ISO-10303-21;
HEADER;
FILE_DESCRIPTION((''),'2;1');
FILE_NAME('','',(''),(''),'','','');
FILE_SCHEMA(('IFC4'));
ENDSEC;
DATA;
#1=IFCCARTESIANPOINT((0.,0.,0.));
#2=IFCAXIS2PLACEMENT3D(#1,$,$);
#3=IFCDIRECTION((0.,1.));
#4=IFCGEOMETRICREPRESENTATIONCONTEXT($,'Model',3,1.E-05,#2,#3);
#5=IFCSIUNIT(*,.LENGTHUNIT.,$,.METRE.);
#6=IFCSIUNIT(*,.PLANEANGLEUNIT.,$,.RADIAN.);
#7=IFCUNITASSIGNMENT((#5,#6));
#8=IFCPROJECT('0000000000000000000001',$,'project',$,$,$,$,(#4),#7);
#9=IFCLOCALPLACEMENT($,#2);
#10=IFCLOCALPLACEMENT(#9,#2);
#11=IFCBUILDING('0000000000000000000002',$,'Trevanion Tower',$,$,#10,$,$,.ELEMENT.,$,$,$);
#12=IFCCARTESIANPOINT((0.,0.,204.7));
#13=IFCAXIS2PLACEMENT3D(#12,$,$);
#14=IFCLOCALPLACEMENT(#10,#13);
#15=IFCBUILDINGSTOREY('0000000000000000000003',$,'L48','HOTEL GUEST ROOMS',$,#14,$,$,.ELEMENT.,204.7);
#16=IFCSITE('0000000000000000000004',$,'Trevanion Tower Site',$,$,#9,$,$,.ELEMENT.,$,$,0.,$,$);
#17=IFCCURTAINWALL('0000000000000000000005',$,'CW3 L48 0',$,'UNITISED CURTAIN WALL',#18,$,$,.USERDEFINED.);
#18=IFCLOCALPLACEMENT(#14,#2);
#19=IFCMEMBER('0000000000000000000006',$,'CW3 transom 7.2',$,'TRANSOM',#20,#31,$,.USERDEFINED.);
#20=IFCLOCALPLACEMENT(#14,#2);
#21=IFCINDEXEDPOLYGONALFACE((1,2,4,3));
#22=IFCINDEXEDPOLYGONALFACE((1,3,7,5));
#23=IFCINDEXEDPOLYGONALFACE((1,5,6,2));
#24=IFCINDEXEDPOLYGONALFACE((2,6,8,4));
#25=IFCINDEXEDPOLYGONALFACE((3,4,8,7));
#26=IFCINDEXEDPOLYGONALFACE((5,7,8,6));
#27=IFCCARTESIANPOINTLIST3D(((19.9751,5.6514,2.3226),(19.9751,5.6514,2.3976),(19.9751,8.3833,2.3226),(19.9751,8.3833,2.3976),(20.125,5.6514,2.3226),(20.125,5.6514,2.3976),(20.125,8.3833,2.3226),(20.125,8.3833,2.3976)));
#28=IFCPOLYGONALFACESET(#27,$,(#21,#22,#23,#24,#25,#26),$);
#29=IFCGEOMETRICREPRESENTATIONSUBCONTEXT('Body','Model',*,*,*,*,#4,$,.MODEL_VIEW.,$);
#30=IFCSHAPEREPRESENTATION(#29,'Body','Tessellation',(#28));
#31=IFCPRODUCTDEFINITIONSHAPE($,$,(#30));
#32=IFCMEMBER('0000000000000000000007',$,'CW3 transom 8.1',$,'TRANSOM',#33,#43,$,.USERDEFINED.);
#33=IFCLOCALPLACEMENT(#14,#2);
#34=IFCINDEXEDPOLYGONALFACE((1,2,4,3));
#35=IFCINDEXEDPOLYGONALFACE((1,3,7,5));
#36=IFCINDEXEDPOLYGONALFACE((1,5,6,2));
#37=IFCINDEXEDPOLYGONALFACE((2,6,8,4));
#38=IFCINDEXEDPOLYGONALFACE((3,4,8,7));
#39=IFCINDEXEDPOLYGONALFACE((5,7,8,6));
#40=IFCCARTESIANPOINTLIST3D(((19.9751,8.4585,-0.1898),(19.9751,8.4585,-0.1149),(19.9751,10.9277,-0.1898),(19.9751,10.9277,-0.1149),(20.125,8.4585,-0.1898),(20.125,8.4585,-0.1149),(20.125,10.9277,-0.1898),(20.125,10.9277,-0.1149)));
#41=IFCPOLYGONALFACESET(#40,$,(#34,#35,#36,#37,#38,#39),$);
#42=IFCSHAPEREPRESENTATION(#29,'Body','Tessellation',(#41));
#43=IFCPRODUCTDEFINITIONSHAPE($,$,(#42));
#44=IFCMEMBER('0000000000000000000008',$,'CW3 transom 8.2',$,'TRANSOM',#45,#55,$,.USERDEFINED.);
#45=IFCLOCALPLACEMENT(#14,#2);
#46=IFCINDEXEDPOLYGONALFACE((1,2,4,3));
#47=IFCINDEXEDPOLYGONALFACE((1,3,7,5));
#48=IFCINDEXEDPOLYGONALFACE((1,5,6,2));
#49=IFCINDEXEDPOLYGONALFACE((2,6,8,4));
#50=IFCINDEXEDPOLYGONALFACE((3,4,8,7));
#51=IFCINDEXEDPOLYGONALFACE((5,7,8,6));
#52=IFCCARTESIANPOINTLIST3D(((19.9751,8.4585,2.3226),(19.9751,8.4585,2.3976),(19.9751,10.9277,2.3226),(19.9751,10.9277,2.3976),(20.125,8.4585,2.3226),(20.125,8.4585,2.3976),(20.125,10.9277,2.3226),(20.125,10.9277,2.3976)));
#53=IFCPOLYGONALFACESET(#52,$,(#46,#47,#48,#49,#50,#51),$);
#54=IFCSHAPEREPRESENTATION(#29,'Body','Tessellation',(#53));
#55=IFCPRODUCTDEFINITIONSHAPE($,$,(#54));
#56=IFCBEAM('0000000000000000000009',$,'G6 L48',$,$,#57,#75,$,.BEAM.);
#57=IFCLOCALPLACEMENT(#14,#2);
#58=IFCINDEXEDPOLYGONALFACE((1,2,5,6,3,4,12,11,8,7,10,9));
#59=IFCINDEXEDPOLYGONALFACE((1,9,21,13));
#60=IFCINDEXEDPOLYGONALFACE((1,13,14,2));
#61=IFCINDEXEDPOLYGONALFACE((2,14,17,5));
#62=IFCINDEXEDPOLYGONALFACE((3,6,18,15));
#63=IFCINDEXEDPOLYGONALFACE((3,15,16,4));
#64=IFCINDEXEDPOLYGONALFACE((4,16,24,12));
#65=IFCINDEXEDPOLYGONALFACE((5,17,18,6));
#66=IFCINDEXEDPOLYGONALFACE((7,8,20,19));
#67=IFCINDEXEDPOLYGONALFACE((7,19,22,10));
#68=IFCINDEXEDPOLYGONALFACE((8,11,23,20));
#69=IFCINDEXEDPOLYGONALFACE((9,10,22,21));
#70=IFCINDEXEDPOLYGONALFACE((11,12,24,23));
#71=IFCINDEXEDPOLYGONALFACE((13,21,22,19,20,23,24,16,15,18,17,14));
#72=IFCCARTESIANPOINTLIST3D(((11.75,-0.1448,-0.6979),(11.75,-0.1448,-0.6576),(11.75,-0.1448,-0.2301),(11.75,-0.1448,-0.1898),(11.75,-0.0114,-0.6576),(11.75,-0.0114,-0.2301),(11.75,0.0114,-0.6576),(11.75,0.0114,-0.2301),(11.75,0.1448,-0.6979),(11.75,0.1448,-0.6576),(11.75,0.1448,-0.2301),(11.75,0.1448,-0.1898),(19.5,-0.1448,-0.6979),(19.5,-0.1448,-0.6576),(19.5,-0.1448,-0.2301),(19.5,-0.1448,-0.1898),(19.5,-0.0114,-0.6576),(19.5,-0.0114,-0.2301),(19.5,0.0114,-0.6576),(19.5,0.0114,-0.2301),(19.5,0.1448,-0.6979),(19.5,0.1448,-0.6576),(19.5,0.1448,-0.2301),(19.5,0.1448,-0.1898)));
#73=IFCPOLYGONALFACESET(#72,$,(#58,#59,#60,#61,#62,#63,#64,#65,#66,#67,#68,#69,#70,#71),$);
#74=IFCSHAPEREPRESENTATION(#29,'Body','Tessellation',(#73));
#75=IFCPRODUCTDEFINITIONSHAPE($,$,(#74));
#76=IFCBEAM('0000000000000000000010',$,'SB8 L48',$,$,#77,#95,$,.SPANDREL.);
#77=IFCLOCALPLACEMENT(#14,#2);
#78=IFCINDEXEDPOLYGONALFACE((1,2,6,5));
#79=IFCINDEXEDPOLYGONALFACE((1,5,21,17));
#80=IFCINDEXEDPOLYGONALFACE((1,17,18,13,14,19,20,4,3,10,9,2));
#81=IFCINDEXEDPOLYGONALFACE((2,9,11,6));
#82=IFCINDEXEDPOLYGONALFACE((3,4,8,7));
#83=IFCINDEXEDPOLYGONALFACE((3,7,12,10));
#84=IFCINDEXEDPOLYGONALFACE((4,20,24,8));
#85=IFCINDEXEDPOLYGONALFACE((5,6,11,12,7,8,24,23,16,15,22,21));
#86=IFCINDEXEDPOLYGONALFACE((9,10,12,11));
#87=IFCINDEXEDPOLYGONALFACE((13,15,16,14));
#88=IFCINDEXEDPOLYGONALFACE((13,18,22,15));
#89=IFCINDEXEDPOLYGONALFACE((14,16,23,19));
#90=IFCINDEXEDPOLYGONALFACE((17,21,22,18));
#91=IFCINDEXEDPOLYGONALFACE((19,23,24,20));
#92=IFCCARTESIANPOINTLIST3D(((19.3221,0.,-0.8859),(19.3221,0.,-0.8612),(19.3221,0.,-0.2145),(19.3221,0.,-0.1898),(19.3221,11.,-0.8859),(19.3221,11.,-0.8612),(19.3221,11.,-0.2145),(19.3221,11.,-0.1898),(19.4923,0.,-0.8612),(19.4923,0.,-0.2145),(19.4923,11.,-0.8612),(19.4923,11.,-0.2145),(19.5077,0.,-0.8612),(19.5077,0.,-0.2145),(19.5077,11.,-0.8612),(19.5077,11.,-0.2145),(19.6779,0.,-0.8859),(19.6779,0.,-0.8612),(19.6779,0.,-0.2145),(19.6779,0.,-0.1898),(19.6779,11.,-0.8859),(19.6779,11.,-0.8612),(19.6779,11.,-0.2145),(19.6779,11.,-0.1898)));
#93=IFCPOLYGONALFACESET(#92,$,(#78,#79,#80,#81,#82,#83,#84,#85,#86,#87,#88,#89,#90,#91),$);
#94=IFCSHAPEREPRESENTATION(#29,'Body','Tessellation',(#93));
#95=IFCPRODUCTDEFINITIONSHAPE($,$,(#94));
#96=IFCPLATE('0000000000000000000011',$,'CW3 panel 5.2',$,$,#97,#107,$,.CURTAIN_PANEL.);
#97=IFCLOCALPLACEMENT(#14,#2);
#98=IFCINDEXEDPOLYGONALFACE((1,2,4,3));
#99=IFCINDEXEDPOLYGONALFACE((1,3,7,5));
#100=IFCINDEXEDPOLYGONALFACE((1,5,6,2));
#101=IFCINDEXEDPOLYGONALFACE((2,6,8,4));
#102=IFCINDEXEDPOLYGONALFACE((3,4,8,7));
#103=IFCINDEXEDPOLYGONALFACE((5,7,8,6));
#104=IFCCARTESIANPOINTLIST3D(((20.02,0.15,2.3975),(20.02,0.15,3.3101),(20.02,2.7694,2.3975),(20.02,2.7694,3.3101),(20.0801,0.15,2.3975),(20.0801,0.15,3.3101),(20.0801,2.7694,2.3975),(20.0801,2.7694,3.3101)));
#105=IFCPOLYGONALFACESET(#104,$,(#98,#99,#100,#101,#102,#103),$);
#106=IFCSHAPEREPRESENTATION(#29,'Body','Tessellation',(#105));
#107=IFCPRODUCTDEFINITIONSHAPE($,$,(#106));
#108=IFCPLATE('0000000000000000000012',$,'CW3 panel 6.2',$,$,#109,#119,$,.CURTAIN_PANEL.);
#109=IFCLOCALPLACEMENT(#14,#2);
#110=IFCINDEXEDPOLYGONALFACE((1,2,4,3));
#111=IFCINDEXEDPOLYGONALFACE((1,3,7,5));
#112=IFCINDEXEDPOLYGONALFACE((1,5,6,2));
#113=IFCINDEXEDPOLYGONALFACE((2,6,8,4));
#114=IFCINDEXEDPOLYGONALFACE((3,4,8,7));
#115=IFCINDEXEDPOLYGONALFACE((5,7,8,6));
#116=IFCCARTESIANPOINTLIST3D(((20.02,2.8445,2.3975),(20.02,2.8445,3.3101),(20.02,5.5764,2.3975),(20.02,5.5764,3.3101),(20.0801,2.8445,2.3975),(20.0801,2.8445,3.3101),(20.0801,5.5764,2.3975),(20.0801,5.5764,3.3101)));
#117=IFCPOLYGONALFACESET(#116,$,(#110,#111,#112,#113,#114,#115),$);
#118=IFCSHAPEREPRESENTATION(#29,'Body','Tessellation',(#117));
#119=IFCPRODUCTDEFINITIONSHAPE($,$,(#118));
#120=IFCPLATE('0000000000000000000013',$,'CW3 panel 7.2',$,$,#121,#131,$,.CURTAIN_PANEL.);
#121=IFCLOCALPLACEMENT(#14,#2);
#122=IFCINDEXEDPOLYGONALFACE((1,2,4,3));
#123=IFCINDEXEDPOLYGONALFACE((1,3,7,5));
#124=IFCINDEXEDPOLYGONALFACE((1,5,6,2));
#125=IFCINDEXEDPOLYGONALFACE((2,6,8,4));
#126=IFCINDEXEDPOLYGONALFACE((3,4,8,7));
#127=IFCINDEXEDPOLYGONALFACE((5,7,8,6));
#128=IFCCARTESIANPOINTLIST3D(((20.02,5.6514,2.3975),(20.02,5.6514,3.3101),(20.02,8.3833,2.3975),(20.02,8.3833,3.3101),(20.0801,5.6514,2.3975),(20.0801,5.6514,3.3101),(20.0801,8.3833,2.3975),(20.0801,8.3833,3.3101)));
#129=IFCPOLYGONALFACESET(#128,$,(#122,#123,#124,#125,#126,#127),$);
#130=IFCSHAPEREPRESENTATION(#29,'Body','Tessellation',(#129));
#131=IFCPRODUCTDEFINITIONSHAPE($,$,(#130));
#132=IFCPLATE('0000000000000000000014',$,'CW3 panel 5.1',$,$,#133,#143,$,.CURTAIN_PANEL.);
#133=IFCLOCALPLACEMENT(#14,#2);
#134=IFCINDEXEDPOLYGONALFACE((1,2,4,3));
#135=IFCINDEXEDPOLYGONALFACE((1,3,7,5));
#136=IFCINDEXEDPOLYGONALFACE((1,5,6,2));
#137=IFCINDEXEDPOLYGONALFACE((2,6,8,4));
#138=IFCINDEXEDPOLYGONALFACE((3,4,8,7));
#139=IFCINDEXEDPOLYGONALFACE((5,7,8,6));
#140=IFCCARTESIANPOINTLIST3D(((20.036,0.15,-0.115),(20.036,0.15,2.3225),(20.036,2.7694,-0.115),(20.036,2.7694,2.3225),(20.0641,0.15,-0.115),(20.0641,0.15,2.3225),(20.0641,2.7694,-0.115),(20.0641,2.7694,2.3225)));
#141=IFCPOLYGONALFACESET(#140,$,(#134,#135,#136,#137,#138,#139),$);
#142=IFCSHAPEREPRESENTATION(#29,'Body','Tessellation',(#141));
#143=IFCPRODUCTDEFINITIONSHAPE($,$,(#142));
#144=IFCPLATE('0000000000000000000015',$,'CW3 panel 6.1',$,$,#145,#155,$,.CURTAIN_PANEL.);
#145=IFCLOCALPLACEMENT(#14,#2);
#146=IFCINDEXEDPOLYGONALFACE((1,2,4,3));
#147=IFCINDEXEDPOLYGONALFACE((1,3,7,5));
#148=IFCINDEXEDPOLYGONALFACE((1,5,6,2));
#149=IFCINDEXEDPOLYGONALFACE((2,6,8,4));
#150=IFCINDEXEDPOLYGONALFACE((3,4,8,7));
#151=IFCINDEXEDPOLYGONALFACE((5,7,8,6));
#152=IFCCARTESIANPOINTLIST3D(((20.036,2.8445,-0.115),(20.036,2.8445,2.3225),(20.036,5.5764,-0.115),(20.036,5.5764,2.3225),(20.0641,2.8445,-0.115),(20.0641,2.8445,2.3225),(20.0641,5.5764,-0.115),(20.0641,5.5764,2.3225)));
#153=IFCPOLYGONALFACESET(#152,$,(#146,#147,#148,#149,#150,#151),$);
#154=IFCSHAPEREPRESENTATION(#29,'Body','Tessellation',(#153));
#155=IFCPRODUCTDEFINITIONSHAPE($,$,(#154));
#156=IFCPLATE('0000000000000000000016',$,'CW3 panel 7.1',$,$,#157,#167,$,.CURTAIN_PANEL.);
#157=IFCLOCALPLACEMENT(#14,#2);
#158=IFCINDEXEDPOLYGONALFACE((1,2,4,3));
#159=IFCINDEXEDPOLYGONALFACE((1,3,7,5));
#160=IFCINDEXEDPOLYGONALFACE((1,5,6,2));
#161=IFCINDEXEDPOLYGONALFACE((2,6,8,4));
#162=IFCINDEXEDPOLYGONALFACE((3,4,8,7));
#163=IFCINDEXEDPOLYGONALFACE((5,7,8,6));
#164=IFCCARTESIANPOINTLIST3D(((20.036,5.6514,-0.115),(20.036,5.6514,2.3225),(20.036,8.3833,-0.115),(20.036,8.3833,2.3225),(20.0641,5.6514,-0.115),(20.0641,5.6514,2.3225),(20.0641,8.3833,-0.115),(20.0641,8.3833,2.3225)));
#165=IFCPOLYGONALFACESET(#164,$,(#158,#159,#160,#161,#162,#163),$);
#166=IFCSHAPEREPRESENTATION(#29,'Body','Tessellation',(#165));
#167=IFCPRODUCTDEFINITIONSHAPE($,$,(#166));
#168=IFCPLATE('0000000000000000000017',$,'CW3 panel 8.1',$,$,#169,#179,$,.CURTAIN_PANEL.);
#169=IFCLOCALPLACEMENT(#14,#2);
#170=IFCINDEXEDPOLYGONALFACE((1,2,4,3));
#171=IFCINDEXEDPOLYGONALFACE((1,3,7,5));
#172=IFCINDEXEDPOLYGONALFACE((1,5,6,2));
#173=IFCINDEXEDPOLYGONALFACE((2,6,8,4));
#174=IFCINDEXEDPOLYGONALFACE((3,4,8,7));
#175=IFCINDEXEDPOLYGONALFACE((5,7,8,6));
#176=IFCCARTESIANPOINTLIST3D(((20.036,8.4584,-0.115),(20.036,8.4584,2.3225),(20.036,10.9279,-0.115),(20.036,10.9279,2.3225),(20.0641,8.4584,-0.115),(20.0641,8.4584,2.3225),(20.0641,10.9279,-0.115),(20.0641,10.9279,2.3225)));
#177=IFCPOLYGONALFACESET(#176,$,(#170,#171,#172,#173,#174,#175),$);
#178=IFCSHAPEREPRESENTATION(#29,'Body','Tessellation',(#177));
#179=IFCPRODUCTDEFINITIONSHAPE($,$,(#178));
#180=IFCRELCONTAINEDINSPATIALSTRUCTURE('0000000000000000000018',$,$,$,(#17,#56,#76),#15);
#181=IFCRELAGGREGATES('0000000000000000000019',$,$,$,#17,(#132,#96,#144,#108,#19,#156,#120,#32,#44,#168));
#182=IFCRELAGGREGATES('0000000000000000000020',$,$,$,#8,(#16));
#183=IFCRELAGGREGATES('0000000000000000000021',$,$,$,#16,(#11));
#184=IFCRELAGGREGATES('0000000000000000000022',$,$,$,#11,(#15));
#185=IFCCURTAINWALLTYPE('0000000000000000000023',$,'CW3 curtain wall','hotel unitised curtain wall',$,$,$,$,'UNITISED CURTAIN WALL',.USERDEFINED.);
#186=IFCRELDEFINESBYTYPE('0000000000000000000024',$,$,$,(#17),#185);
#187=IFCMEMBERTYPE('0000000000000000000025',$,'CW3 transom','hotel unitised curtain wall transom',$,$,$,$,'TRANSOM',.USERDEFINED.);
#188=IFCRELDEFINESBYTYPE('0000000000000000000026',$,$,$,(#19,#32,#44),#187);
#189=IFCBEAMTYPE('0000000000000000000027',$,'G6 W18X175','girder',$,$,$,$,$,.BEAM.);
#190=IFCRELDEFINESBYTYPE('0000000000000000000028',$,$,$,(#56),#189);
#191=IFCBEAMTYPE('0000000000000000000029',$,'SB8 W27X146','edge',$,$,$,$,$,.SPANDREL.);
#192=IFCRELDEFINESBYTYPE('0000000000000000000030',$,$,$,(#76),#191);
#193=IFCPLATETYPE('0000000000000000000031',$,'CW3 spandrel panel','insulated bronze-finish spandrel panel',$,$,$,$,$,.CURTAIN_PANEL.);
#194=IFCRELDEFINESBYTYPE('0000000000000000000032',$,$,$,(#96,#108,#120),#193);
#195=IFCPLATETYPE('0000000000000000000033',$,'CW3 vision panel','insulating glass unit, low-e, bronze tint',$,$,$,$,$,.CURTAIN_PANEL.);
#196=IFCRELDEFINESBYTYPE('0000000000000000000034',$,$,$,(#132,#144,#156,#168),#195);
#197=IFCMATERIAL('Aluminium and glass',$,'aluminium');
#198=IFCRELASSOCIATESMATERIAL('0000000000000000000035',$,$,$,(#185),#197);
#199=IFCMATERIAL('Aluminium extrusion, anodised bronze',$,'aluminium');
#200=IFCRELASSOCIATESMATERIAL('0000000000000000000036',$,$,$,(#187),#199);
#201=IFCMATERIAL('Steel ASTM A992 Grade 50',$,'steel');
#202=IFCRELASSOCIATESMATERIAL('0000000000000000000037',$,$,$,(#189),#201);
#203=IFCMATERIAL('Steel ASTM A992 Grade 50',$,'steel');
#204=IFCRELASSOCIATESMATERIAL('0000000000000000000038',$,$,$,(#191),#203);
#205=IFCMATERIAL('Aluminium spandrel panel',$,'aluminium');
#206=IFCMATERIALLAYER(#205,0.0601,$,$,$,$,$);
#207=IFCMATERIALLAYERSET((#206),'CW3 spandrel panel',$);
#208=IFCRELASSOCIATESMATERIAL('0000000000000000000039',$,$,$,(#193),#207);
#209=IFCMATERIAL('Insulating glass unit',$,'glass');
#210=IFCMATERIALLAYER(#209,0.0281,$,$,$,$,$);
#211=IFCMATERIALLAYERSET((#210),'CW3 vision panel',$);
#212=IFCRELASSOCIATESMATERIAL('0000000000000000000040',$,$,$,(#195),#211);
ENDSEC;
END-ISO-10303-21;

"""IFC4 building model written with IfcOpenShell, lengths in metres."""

from ifc_helpers import new_model, si_unit, direction, frame, origin, origin_2d, place, context, subcontext, project, spatial, rectangle, i_section, extrude, material, layer, layer_set, material_profile, profile_set, type_object, element, aggregate, save


model = new_model("IFC4")

# Units and contexts
model_context = context("Model", 3, precision=1e-05, world=origin(), true_north=direction((0.0, 1.0)))
body_context = subcontext(model_context, "Body", "Model", "MODEL_VIEW")
ifc_project = project(units=[si_unit("LENGTHUNIT", "METRE"), si_unit("PLANEANGLEUNIT", "RADIAN")], contexts=[model_context])

# Site, building, storey
site_placement = place(None, origin())
site = spatial("IfcSite", under=ifc_project, at=site_placement, Name="Trevanion Tower Site", CompositionType="ELEMENT", RefElevation=0.0)
building_placement = place(site_placement, origin())
building = spatial("IfcBuilding", under=site, at=building_placement, Name="Trevanion Tower", CompositionType="ELEMENT")
storey_placement = place(building_placement, frame((0.0, 0.0, 204.7)))
storey = spatial("IfcBuildingStorey", under=building, at=storey_placement, Name="L48", Description="HOTEL GUEST ROOMS", CompositionType="ELEMENT", Elevation=204.7)

# Curtain wall, members
ifc_material_1 = material(Name="Aluminium and glass", Category="aluminium")
curtain_wall_type = type_object("IfcCurtainWallType", Name="CW3 curtain wall", Description="hotel unitised curtain wall", ElementType="UNITISED CURTAIN WALL", PredefinedType="USERDEFINED", material=ifc_material_1)
curtain_wall_placement = place(storey_placement, origin())
curtain_wall = element("IfcCurtainWall", 1, at=curtain_wall_placement, inside=storey, type_object=curtain_wall_type, Name="CW3 L48 0", ObjectType="UNITISED CURTAIN WALL", PredefinedType="USERDEFINED")
ifc_material_2 = material(Name="Aluminium extrusion, anodised bronze", Category="aluminium")
ifc_material_profile_1 = material_profile(ifc_material_2, rectangle(XDim=0.1499, YDim=0.075, at=origin_2d()), Name="CW3 transom")
ifc_profile_set_1 = profile_set([ifc_material_profile_1], Name="Aluminium extrusion, anodised bronze")
member_type_1 = type_object("IfcMemberType", Name="CW3 transom", Description="hotel unitised curtain wall transom", ElementType="TRANSOM", PredefinedType="USERDEFINED", material=ifc_profile_set_1)
member_1_placement = place(storey_placement, frame((20.05, 5.6514, 2.3601), z_axis=(0.0, 1.0, 0.0), x_axis=(-1.0, 0.0, 0.0)))
member_1 = element("IfcMember", 2, at=member_1_placement, type_object=member_type_1, Name="CW3 transom 7.2", ObjectType="TRANSOM", PredefinedType="USERDEFINED", context=body_context, shape_type="SweptSolid", body=[
    extrude(rectangle(XDim=0.1499, YDim=0.075, at=origin_2d()), origin(), (0.0, 0.0, 1.0), 2.7319),
])
member_2_placement = place(storey_placement, frame((20.05, 8.4585, -0.1523), z_axis=(0.0, 1.0, 0.0), x_axis=(-1.0, 0.0, 0.0)))
member_2 = element("IfcMember", 3, at=member_2_placement, type_object=member_type_1, Name="CW3 transom 8.1", ObjectType="TRANSOM", PredefinedType="USERDEFINED", context=body_context, shape_type="SweptSolid", body=[
    extrude(rectangle(XDim=0.1499, YDim=0.075, at=origin_2d()), origin(), (0.0, 0.0, 1.0), 2.4692),
])
member_3_placement = place(storey_placement, frame((20.05, 8.4585, 2.3601), z_axis=(0.0, 1.0, 0.0), x_axis=(-1.0, 0.0, 0.0)))
member_3 = element("IfcMember", 4, at=member_3_placement, type_object=member_type_1, Name="CW3 transom 8.2", ObjectType="TRANSOM", PredefinedType="USERDEFINED", context=body_context, shape_type="SweptSolid", body=[
    extrude(rectangle(XDim=0.1499, YDim=0.075, at=origin_2d()), origin(), (0.0, 0.0, 1.0), 2.4692),
])

# Beams
ifc_material_3 = material(Name="Steel ASTM A992 Grade 50", Category="steel")
ifc_material_profile_2 = material_profile(ifc_material_3, i_section(OverallWidth=0.2896, OverallDepth=0.5081, WebThickness=0.0227, FlangeThickness=0.0403, at=origin_2d()), Name="W18X175")
ifc_profile_set_2 = profile_set([ifc_material_profile_2], Name="Steel ASTM A992 Grade 50")
beam_type_1 = type_object("IfcBeamType", Name="G6 W18X175", Description="girder", PredefinedType="BEAM", material=ifc_profile_set_2)
beam_1_placement = place(storey_placement, frame((11.75, 0.0, -0.4438), z_axis=(1.0, 0.0, 0.0), x_axis=(0.0, 1.0, 0.0)))
element("IfcBeam", 5, at=beam_1_placement, inside=storey, type_object=beam_type_1, Name="G6 L48", PredefinedType="BEAM", context=body_context, shape_type="SweptSolid", body=[
    extrude(i_section(OverallWidth=0.2896, OverallDepth=0.5081, WebThickness=0.0227, FlangeThickness=0.0403, at=origin_2d()), origin(), (0.0, 0.0, 1.0), 7.75),
])
ifc_material_4 = material(Name="Steel ASTM A992 Grade 50", Category="steel")
ifc_material_profile_3 = material_profile(ifc_material_4, i_section(OverallWidth=0.3557, OverallDepth=0.696, WebThickness=0.0154, FlangeThickness=0.0247, at=origin_2d()), Name="W27X146")
ifc_profile_set_3 = profile_set([ifc_material_profile_3], Name="Steel ASTM A992 Grade 50")
beam_type_2 = type_object("IfcBeamType", Name="SB8 W27X146", Description="edge", PredefinedType="SPANDREL", material=ifc_profile_set_3)
beam_2_placement = place(storey_placement, frame((19.5, 0.0, -0.5378), z_axis=(0.0, 1.0, 0.0), x_axis=(-1.0, 0.0, 0.0)))
element("IfcBeam", 6, at=beam_2_placement, inside=storey, type_object=beam_type_2, Name="SB8 L48", PredefinedType="SPANDREL", context=body_context, shape_type="SweptSolid", body=[
    extrude(i_section(OverallWidth=0.3557, OverallDepth=0.696, WebThickness=0.0154, FlangeThickness=0.0247, at=origin_2d()), origin(), (0.0, 0.0, 1.0), 11.0),
])

# Plates
ifc_material_5 = material(Name="Aluminium spandrel panel", Category="aluminium")
ifc_layer_1 = layer(ifc_material_5, 0.0601)
ifc_layer_set_1 = layer_set([ifc_layer_1], Name="CW3 spandrel panel")
plate_type_1 = type_object("IfcPlateType", Name="CW3 spandrel panel", Description="insulated bronze-finish spandrel panel", PredefinedType="CURTAIN_PANEL", material=ifc_layer_set_1)
plate_1_placement = place(storey_placement, frame((20.05, 1.4597, 2.3975), z_axis=(0.0, 0.0, 1.0), x_axis=(0.0, 1.0, 0.0)))
plate_1 = element("IfcPlate", 7, at=plate_1_placement, type_object=plate_type_1, Name="CW3 panel 5.2", PredefinedType="CURTAIN_PANEL", context=body_context, shape_type="SweptSolid", body=[
    extrude(rectangle(XDim=2.6194, YDim=0.0601, at=origin_2d()), origin(), (0.0, 0.0, 1.0), 0.9126),
])
plate_2_placement = place(storey_placement, frame((20.05, 4.2104, 2.3975), z_axis=(0.0, 0.0, 1.0), x_axis=(0.0, 1.0, 0.0)))
plate_2 = element("IfcPlate", 8, at=plate_2_placement, type_object=plate_type_1, Name="CW3 panel 6.2", PredefinedType="CURTAIN_PANEL", context=body_context, shape_type="SweptSolid", body=[
    extrude(rectangle(XDim=2.7319, YDim=0.0601, at=origin_2d()), origin(), (0.0, 0.0, 1.0), 0.9126),
])
plate_3_placement = place(storey_placement, frame((20.05, 7.0173, 2.3975), z_axis=(0.0, 0.0, 1.0), x_axis=(0.0, 1.0, 0.0)))
plate_3 = element("IfcPlate", 9, at=plate_3_placement, type_object=plate_type_1, Name="CW3 panel 7.2", PredefinedType="CURTAIN_PANEL", context=body_context, shape_type="SweptSolid", body=[
    extrude(rectangle(XDim=2.7319, YDim=0.0601, at=origin_2d()), origin(), (0.0, 0.0, 1.0), 0.9126),
])
ifc_material_6 = material(Name="Insulating glass unit", Category="glass")
ifc_layer_2 = layer(ifc_material_6, 0.0281)
ifc_layer_set_2 = layer_set([ifc_layer_2], Name="CW3 vision panel")
plate_type_2 = type_object("IfcPlateType", Name="CW3 vision panel", Description="insulating glass unit, low-e, bronze tint", PredefinedType="CURTAIN_PANEL", material=ifc_layer_set_2)
plate_4_placement = place(storey_placement, frame((20.05, 1.4597, -0.115), z_axis=(0.0, 0.0, 1.0), x_axis=(0.0, 1.0, 0.0)))
plate_4 = element("IfcPlate", 10, at=plate_4_placement, type_object=plate_type_2, Name="CW3 panel 5.1", PredefinedType="CURTAIN_PANEL", context=body_context, shape_type="SweptSolid", body=[
    extrude(rectangle(XDim=2.6194, YDim=0.0281, at=origin_2d()), origin(), (0.0, 0.0, 1.0), 2.4375),
])
plate_5_placement = place(storey_placement, frame((20.05, 4.2104, -0.115), z_axis=(0.0, 0.0, 1.0), x_axis=(0.0, 1.0, 0.0)))
plate_5 = element("IfcPlate", 11, at=plate_5_placement, type_object=plate_type_2, Name="CW3 panel 6.1", PredefinedType="CURTAIN_PANEL", context=body_context, shape_type="SweptSolid", body=[
    extrude(rectangle(XDim=2.7319, YDim=0.0281, at=origin_2d()), origin(), (0.0, 0.0, 1.0), 2.4375),
])
plate_6_placement = place(storey_placement, frame((20.05, 7.0173, -0.115), z_axis=(0.0, 0.0, 1.0), x_axis=(0.0, 1.0, 0.0)))
plate_6 = element("IfcPlate", 12, at=plate_6_placement, type_object=plate_type_2, Name="CW3 panel 7.1", PredefinedType="CURTAIN_PANEL", context=body_context, shape_type="SweptSolid", body=[
    extrude(rectangle(XDim=2.7319, YDim=0.0281, at=origin_2d()), origin(), (0.0, 0.0, 1.0), 2.4375),
])
plate_7_placement = place(storey_placement, frame((20.05, 9.6931, -0.115), z_axis=(0.0, 0.0, 1.0), x_axis=(0.0, 1.0, 0.0)))
plate_7 = element("IfcPlate", 13, at=plate_7_placement, type_object=plate_type_2, Name="CW3 panel 8.1", PredefinedType="CURTAIN_PANEL", context=body_context, shape_type="SweptSolid", body=[
    extrude(rectangle(XDim=2.4695, YDim=0.0281, at=origin_2d()), origin(), (0.0, 0.0, 1.0), 2.4375),
])
aggregate(curtain_wall, [plate_4, plate_1, plate_5, plate_2, member_1, plate_6, plate_3, member_2, member_3, plate_7])

save(model, "model.ifc")
